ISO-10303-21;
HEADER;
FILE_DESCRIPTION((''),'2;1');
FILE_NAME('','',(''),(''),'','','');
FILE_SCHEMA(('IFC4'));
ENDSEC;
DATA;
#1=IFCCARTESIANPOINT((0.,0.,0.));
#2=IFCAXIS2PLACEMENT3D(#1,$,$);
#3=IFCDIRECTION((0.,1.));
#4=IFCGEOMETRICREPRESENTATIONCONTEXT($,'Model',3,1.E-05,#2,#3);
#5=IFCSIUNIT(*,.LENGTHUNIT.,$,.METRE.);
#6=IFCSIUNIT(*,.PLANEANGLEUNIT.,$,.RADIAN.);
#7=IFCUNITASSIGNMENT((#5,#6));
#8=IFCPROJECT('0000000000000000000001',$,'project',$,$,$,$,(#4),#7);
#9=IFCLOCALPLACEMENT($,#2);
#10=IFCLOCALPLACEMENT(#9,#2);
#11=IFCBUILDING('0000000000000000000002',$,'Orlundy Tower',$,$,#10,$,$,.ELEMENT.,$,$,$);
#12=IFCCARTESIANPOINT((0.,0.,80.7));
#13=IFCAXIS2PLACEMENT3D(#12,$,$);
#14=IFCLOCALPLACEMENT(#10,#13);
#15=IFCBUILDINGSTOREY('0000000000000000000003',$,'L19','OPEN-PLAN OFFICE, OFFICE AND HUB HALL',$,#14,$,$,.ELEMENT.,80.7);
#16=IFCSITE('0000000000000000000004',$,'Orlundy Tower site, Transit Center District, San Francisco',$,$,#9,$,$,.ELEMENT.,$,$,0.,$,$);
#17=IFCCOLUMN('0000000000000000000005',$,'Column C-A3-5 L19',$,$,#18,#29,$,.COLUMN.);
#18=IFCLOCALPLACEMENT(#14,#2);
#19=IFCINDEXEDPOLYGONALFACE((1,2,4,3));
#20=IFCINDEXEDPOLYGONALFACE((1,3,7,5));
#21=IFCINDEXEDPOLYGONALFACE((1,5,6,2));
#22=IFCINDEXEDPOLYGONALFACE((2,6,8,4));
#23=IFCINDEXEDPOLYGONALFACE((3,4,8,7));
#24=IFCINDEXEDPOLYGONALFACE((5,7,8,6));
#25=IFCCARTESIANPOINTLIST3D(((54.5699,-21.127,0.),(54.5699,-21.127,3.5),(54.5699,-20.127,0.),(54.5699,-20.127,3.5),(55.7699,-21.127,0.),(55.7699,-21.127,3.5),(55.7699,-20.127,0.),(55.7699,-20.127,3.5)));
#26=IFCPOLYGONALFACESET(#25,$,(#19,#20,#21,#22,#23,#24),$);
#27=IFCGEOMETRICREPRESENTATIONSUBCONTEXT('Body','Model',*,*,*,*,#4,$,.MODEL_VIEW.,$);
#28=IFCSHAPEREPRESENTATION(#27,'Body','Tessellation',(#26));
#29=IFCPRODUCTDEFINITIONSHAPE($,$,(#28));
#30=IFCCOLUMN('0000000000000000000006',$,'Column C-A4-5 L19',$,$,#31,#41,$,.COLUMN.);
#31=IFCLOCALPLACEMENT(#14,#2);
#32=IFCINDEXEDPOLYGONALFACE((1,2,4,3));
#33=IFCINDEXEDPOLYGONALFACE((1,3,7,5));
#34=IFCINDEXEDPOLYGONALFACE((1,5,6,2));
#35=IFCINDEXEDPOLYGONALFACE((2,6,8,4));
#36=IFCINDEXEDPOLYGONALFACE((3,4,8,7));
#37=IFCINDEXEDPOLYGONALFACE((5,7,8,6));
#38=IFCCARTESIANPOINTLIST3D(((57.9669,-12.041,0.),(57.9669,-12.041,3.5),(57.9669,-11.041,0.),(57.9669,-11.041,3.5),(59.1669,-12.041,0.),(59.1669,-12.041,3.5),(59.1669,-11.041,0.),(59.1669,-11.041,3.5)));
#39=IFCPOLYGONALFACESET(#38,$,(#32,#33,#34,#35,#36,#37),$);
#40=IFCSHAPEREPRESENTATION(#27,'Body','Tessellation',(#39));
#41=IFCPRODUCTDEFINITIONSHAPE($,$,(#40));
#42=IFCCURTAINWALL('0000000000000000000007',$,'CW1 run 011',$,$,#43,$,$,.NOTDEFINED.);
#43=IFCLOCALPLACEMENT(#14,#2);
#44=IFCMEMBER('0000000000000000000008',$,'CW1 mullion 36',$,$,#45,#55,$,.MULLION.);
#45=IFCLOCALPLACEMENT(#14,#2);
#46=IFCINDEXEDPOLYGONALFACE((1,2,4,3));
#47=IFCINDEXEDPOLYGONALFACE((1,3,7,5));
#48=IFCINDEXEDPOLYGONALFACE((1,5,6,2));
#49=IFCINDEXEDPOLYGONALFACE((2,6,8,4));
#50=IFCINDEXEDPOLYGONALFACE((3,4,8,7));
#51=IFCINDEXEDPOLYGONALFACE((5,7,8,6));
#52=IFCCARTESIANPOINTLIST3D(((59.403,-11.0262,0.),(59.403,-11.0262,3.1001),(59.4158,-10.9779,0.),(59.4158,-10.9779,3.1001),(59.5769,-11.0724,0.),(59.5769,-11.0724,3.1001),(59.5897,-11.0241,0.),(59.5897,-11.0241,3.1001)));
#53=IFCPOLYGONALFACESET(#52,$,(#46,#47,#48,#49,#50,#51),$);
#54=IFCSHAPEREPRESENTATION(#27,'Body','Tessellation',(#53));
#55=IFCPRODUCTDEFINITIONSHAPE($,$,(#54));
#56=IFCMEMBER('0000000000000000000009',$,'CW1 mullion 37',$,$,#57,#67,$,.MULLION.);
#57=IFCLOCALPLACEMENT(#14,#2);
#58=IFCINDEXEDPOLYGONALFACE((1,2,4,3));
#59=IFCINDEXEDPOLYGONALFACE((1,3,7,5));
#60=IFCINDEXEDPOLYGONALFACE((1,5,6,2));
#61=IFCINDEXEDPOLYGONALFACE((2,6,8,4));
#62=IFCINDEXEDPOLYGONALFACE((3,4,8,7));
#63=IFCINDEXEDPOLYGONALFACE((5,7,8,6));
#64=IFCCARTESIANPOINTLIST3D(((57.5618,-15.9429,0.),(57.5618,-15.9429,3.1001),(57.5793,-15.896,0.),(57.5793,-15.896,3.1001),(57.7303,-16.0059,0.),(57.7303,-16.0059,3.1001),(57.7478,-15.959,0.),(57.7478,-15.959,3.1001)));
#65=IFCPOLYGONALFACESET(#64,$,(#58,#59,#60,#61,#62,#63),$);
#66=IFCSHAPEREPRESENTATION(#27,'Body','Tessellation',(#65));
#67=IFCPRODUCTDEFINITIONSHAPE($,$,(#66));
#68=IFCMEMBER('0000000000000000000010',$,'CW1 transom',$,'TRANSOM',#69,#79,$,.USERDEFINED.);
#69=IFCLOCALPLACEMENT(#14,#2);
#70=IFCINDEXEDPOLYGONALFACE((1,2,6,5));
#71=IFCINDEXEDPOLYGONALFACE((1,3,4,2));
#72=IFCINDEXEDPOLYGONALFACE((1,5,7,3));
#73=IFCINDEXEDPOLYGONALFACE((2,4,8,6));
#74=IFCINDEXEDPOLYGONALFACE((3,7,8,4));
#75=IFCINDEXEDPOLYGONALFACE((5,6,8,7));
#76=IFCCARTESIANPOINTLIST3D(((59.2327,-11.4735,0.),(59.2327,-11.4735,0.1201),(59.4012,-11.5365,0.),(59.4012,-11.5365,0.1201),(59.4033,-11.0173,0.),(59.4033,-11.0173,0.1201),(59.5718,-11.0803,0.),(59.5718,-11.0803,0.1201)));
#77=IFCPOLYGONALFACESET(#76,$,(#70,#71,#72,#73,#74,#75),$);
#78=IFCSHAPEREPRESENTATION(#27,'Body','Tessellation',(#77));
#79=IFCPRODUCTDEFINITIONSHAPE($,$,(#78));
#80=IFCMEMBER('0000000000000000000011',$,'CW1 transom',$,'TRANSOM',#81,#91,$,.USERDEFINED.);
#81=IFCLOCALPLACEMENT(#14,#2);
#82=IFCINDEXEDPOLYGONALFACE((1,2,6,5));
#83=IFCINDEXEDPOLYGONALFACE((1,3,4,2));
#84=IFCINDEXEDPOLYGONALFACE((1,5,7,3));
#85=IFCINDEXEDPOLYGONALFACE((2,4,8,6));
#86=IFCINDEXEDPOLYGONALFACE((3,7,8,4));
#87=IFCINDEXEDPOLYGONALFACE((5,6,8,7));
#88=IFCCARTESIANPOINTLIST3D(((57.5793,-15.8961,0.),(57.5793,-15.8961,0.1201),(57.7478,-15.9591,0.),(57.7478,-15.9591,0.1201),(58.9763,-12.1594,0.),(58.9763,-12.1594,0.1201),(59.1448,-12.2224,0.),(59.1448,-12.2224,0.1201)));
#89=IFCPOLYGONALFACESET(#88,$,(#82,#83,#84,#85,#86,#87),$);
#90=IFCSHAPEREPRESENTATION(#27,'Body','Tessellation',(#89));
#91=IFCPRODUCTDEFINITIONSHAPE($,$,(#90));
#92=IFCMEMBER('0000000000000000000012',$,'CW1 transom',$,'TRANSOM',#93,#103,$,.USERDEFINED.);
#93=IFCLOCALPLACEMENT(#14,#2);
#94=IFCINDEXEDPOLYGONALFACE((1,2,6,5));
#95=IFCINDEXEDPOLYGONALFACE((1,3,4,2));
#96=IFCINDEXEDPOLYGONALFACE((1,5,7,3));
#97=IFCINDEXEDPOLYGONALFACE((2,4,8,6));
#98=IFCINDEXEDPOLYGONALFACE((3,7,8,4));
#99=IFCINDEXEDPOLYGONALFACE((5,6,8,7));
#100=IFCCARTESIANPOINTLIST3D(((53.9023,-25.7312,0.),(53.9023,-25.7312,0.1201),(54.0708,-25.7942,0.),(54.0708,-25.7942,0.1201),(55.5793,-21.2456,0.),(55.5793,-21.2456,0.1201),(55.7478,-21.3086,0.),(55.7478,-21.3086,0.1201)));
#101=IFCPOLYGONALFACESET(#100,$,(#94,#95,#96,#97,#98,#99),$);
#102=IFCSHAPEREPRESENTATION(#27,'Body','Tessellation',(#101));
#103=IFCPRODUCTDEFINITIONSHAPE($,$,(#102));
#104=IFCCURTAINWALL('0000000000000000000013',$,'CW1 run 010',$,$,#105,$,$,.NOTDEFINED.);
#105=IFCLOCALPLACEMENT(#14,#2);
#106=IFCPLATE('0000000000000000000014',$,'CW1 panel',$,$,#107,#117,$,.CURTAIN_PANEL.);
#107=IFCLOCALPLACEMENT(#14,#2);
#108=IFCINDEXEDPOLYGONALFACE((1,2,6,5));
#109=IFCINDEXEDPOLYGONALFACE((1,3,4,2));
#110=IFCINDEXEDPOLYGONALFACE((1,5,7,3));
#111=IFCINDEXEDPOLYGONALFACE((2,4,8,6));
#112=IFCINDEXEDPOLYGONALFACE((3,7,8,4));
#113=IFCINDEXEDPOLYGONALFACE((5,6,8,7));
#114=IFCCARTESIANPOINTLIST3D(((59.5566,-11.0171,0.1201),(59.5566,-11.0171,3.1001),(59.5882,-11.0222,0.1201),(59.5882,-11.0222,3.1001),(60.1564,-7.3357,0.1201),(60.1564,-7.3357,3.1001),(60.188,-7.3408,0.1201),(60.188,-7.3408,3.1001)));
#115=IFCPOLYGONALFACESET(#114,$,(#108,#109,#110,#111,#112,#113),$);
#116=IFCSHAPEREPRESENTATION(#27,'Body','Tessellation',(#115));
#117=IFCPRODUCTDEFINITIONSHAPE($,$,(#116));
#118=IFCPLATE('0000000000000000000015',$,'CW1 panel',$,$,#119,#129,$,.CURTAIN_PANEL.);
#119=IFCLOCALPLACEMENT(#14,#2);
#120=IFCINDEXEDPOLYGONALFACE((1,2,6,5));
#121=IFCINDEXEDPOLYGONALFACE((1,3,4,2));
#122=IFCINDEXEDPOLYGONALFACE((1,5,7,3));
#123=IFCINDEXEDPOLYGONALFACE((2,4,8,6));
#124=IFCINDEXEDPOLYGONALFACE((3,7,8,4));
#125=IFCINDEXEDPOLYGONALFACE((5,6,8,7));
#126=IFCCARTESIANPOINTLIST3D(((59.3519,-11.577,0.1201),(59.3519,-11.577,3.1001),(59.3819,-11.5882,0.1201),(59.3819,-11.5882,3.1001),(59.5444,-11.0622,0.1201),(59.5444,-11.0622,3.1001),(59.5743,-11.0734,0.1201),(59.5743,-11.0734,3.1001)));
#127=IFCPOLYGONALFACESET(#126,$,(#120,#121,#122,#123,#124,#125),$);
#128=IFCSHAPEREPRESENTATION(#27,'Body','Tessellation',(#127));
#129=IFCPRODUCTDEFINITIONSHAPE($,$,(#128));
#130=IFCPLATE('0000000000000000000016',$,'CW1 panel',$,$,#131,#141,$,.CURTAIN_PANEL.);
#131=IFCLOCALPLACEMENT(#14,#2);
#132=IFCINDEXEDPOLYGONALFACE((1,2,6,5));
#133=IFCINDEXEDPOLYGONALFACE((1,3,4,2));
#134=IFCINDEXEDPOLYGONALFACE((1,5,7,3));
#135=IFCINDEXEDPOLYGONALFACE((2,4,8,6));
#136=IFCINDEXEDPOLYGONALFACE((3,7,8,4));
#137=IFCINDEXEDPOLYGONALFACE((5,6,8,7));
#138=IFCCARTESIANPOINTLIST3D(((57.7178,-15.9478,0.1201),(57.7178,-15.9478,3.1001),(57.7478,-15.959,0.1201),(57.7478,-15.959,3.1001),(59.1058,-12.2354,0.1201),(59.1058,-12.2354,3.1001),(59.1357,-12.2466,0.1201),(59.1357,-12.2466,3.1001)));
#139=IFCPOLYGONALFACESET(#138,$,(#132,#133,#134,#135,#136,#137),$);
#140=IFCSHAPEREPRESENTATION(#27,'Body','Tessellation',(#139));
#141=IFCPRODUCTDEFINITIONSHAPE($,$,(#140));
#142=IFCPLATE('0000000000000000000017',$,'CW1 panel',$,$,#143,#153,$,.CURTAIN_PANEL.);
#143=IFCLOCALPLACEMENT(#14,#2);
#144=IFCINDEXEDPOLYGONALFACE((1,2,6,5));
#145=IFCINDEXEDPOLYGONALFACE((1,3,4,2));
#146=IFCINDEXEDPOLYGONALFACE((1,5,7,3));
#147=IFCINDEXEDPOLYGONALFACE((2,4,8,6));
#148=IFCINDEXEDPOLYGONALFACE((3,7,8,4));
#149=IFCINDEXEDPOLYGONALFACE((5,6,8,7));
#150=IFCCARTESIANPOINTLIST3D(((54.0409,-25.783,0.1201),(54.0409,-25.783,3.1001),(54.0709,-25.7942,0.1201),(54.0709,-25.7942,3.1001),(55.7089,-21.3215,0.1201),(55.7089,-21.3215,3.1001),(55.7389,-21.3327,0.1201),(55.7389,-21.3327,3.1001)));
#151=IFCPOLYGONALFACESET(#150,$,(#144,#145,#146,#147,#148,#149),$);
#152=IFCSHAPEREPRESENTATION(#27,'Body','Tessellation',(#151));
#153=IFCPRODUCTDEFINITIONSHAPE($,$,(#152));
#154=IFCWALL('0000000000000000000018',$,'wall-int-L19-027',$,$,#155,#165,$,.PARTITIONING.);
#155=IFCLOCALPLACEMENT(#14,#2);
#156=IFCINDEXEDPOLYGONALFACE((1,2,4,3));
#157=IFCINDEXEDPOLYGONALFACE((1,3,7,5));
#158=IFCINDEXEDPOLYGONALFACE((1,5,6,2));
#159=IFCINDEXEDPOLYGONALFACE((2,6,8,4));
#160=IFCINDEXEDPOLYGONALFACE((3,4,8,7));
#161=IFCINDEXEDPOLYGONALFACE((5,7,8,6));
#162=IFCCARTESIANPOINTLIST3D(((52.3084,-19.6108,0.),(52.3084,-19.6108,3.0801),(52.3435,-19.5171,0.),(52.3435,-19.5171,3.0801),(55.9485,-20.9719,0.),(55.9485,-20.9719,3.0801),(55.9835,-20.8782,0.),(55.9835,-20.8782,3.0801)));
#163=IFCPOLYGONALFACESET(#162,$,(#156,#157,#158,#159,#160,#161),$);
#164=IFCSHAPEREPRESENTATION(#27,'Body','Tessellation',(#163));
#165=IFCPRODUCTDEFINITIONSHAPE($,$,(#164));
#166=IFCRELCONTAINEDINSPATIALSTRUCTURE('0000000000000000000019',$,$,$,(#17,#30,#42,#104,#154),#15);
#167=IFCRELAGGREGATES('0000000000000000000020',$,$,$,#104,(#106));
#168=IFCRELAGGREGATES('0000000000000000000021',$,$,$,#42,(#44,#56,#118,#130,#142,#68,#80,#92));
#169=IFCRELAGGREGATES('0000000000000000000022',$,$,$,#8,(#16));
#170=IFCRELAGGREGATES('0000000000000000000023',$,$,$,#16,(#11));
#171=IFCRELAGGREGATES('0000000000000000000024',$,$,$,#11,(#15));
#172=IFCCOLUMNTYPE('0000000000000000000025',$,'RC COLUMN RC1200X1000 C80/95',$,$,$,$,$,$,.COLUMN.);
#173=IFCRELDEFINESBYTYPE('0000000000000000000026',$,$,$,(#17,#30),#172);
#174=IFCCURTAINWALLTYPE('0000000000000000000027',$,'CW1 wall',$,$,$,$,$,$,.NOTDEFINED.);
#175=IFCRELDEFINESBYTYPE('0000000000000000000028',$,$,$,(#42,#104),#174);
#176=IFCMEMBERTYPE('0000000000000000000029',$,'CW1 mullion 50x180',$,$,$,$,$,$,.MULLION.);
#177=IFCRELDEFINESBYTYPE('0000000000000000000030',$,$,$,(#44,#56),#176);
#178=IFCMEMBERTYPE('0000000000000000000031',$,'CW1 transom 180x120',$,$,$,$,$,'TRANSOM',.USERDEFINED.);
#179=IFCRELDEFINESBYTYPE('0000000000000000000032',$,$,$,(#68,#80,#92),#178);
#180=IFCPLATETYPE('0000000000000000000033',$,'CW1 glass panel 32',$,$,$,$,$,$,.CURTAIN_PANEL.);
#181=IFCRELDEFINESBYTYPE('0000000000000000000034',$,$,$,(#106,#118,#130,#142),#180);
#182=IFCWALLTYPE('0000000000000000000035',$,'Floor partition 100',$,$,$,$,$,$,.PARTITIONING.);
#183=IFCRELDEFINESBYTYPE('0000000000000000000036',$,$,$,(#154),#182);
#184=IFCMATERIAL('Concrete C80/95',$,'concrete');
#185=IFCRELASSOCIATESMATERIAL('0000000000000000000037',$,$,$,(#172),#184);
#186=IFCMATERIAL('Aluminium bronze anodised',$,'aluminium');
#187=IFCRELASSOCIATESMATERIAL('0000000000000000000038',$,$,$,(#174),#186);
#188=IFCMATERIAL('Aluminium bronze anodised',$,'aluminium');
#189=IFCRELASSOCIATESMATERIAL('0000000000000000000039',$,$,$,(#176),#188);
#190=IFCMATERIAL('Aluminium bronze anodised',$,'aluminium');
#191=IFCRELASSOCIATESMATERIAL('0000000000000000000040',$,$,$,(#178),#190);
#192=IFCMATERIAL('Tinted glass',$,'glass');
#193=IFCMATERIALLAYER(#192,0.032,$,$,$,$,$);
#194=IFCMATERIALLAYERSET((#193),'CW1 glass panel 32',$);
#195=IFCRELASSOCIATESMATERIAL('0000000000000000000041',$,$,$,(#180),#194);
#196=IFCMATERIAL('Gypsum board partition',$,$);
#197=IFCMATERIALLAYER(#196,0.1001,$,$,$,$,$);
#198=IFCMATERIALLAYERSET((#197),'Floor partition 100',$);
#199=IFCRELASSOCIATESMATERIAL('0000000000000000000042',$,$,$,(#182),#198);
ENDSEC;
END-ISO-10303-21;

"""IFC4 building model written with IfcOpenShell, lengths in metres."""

from ifc_helpers import new_model, si_unit, direction, frame, frame_2d, origin, origin_2d, place, context, subcontext, project, spatial, rectangle, extrude, material, layer, layer_set, material_profile, profile_set, type_object, element, aggregate, save


model = new_model("IFC4")

# Units and contexts
model_context = context("Model", 3, precision=1e-05, world=origin(), true_north=direction((0.0, 1.0)))
body_context = subcontext(model_context, "Body", "Model", "MODEL_VIEW")
ifc_project = project(units=[si_unit("LENGTHUNIT", "METRE"), si_unit("PLANEANGLEUNIT", "RADIAN")], contexts=[model_context])

# Site, building, storey
site_placement = place(None, origin())
site = spatial("IfcSite", under=ifc_project, at=site_placement, Name="Orlundy Tower site, Transit Center District, San Francisco", CompositionType="ELEMENT", RefElevation=0.0)
building_placement = place(site_placement, origin())
building = spatial("IfcBuilding", under=site, at=building_placement, Name="Orlundy Tower", CompositionType="ELEMENT")
storey_placement = place(building_placement, frame((0.0, 0.0, 80.7)))
storey = spatial("IfcBuildingStorey", under=building, at=storey_placement, Name="L19", Description="OPEN-PLAN OFFICE, OFFICE AND HUB HALL", CompositionType="ELEMENT", Elevation=80.7)

# Columns
ifc_material_1 = material(Name="Concrete C80/95", Category="concrete")
ifc_material_profile_1 = material_profile(ifc_material_1, rectangle(XDim=1.2, YDim=1.0, at=origin_2d()), Name="RC1200X1000")
ifc_profile_set_1 = profile_set([ifc_material_profile_1], Name="Concrete C80/95")
column_type = type_object("IfcColumnType", Name="RC COLUMN RC1200X1000 C80/95", PredefinedType="COLUMN", material=ifc_profile_set_1)
for number, where, z_axis, x_axis, name in (
    (1, (55.1699, -20.627, 0.0), (0.0, 0.0, 1.0), (1.0, 0.0, 0.0), "Column C-A3-5 L19"),
    (2, (58.5669, -11.541, 0.0), (0.0, 0.0, 1.0), (1.0, 0.0, 0.0), "Column C-A4-5 L19"),
):
    element("IfcColumn", number, at=place(storey_placement, frame(where, z_axis=z_axis, x_axis=x_axis)), inside=storey, type_object=column_type, Name=name, PredefinedType="COLUMN", context=body_context, shape_type="SweptSolid", body=[
        extrude(rectangle(XDim=1.2, YDim=1.0, at=origin_2d()), origin(), (0.0, 0.0, 1.0), 3.5),
    ])

# Curtain wall, members
ifc_material_2 = material(Name="Aluminium bronze anodised", Category="aluminium")
curtain_wall_type = type_object("IfcCurtainWallType", Name="CW1 wall", PredefinedType="NOTDEFINED", material=ifc_material_2)
curtain_wall_1_placement = place(storey_placement, origin())
curtain_wall_1 = element("IfcCurtainWall", 3, at=curtain_wall_1_placement, inside=storey, type_object=curtain_wall_type, Name="CW1 run 011", PredefinedType="NOTDEFINED")
ifc_material_3 = material(Name="Aluminium bronze anodised", Category="aluminium")
ifc_material_profile_2 = material_profile(ifc_material_3, rectangle(XDim=0.1799, YDim=0.05, at=origin_2d()), Name="CW1 mullion 50x180")
ifc_profile_set_2 = profile_set([ifc_material_profile_2], Name="Aluminium bronze anodised")
member_type_1 = type_object("IfcMemberType", Name="CW1 mullion 50x180", PredefinedType="MULLION", material=ifc_profile_set_2)
member_1_placement = place(storey_placement, frame((59.4963, -11.0251, 0.0), z_axis=(0.0, 0.0, 1.0), x_axis=(0.966481, -0.256737, 0.0)))
member_1 = element("IfcMember", 4, at=member_1_placement, type_object=member_type_1, Name="CW1 mullion 36", PredefinedType="MULLION", context=body_context, shape_type="SweptSolid", body=[
    extrude(rectangle(XDim=0.1799, YDim=0.05, at=origin_2d()), origin(), (0.0, 0.0, 1.0), 3.1001),
])
member_2_placement = place(storey_placement, frame((57.6548, -15.9509, 0.0), z_axis=(0.0, 0.0, 1.0), x_axis=(0.936677, -0.350194, 0.0)))
member_2 = element("IfcMember", 5, at=member_2_placement, type_object=member_type_1, Name="CW1 mullion 37", PredefinedType="MULLION", context=body_context, shape_type="SweptSolid", body=[
    extrude(rectangle(XDim=0.1799, YDim=0.05, at=origin_2d()), origin(), (0.0, 0.0, 1.0), 3.1001),
])
ifc_material_4 = material(Name="Aluminium bronze anodised", Category="aluminium")
ifc_material_profile_3 = material_profile(ifc_material_4, rectangle(XDim=0.1799, YDim=0.1201, at=origin_2d()), Name="CW1 transom 180x120")
ifc_profile_set_3 = profile_set([ifc_material_profile_3], Name="Aluminium bronze anodised")
member_type_2 = type_object("IfcMemberType", Name="CW1 transom 180x120", ElementType="TRANSOM", PredefinedType="USERDEFINED", material=ifc_profile_set_3)
member_3_placement = place(storey_placement, frame((59.4875, -11.0488, 0.0601), z_axis=(-0.3503, -0.936638, 0.0), x_axis=(0.936638, -0.3503, 0.0)))
member_3 = element("IfcMember", 6, at=member_3_placement, type_object=member_type_2, Name="CW1 transom", ObjectType="TRANSOM", PredefinedType="USERDEFINED", context=body_context, shape_type="SweptSolid", body=[
    extrude(rectangle(XDim=0.1799, YDim=0.1201, at=origin_2d()), origin(), (0.0, 0.0, 1.0), 0.4871),
])
member_4_placement = place(storey_placement, frame((59.0605, -12.1909, 0.0601), z_axis=(-0.350191, -0.936678, 0.0), x_axis=(0.936678, -0.350191, 0.0)))
member_4 = element("IfcMember", 7, at=member_4_placement, type_object=member_type_2, Name="CW1 transom", ObjectType="TRANSOM", PredefinedType="USERDEFINED", context=body_context, shape_type="SweptSolid", body=[
    extrude(rectangle(XDim=0.1799, YDim=0.1201, at=origin_2d()), origin(), (0.0, 0.0, 1.0), 3.9893),
])
member_5_placement = place(storey_placement, frame((55.6636, -21.2771, 0.0601), z_axis=(-0.35019, -0.936679, 0.0), x_axis=(0.936679, -0.35019, 0.0)))
member_5 = element("IfcMember", 8, at=member_5_placement, type_object=member_type_2, Name="CW1 transom", ObjectType="TRANSOM", PredefinedType="USERDEFINED", context=body_context, shape_type="SweptSolid", body=[
    extrude(rectangle(XDim=0.1799, YDim=0.1201, at=origin_2d()), origin(), (0.0, 0.0, 1.0), 4.7888),
])

# Curtain wall, plate
curtain_wall_2_placement = place(storey_placement, origin())
curtain_wall_2 = element("IfcCurtainWall", 9, at=curtain_wall_2_placement, inside=storey, type_object=curtain_wall_type, Name="CW1 run 010", PredefinedType="NOTDEFINED")
ifc_material_5 = material(Name="Tinted glass", Category="glass")
ifc_layer_1 = layer(ifc_material_5, 0.032)
ifc_layer_set_1 = layer_set([ifc_layer_1], Name="CW1 glass panel 32")
plate_type = type_object("IfcPlateType", Name="CW1 glass panel 32", PredefinedType="CURTAIN_PANEL", material=ifc_layer_set_1)
plate_1_placement = place(storey_placement, frame((59.8723, -9.179, 0.1201), z_axis=(0.0, 0.0, 1.0), x_axis=(-0.16081, -0.986985, 0.0)))
plate_1 = element("IfcPlate", 10, at=plate_1_placement, type_object=plate_type, Name="CW1 panel", PredefinedType="CURTAIN_PANEL", context=body_context, shape_type="SweptSolid", body=[
    extrude(rectangle(XDim=3.73, YDim=0.032, at=origin_2d()), origin(), (0.0, 0.0, 1.0), 2.98),
])
aggregate(curtain_wall_2, [plate_1])

# Plates
plate_2_placement = place(storey_placement, frame((59.4631, -11.3252, 0.1201), z_axis=(0.0, 0.0, 1.0), x_axis=(-0.350194, -0.936677, 0.0)))
plate_2 = element("IfcPlate", 11, at=plate_2_placement, type_object=plate_type, Name="CW1 panel", PredefinedType="CURTAIN_PANEL", context=body_context, shape_type="SweptSolid", body=[
    extrude(rectangle(XDim=0.5496, YDim=0.032, at=origin_2d()), origin(), (0.0, 0.0, 1.0), 2.98),
])
plate_3_placement = place(storey_placement, frame((58.4268, -14.0972, 0.1201), z_axis=(0.0, 0.0, 1.0), x_axis=(-0.350194, -0.936677, 0.0)))
plate_3 = element("IfcPlate", 12, at=plate_3_placement, type_object=plate_type, Name="CW1 panel", PredefinedType="CURTAIN_PANEL", context=body_context, shape_type="SweptSolid", body=[
    extrude(rectangle(XDim=3.9634, YDim=0.032, at=origin_2d()), origin(), (0.0, 0.0, 1.0), 2.98),
])
plate_4_placement = place(storey_placement, frame((54.8899, -23.5579, 0.1201), z_axis=(0.0, 0.0, 1.0), x_axis=(-0.350194, -0.936677, 0.0)))
plate_4 = element("IfcPlate", 13, at=plate_4_placement, type_object=plate_type, Name="CW1 panel", PredefinedType="CURTAIN_PANEL", context=body_context, shape_type="SweptSolid", body=[
    extrude(rectangle(XDim=4.7632, YDim=0.032, at=origin_2d()), origin(), (0.0, 0.0, 1.0), 2.98),
])
aggregate(curtain_wall_1, [member_1, member_2, plate_2, plate_3, plate_4, member_3, member_4, member_5])

# Wall
ifc_material_6 = material(Name="Gypsum board partition")
ifc_layer_2 = layer(ifc_material_6, 0.1001)
ifc_layer_set_2 = layer_set([ifc_layer_2], Name="Floor partition 100")
wall_type_1 = type_object("IfcWallType", Name="Floor partition 100", PredefinedType="PARTITIONING", material=ifc_layer_set_2)
wall_1_placement = place(storey_placement, frame((52.3259, -19.564, 0.0), z_axis=(0.0, 0.0, 1.0), x_axis=(0.936664, -0.350228, 0.0)))
element("IfcWall", 14, at=wall_1_placement, inside=storey, type_object=wall_type_1, Name="wall-int-L19-027", PredefinedType="PARTITIONING", context=body_context, shape_type="SweptSolid", body=[
    extrude(rectangle(XDim=3.8862, YDim=0.1001, at=frame_2d((1.9431, 0.0))), origin(), (0.0, 0.0, 1.0), 3.0801),
])

save(model, "model.ifc")
